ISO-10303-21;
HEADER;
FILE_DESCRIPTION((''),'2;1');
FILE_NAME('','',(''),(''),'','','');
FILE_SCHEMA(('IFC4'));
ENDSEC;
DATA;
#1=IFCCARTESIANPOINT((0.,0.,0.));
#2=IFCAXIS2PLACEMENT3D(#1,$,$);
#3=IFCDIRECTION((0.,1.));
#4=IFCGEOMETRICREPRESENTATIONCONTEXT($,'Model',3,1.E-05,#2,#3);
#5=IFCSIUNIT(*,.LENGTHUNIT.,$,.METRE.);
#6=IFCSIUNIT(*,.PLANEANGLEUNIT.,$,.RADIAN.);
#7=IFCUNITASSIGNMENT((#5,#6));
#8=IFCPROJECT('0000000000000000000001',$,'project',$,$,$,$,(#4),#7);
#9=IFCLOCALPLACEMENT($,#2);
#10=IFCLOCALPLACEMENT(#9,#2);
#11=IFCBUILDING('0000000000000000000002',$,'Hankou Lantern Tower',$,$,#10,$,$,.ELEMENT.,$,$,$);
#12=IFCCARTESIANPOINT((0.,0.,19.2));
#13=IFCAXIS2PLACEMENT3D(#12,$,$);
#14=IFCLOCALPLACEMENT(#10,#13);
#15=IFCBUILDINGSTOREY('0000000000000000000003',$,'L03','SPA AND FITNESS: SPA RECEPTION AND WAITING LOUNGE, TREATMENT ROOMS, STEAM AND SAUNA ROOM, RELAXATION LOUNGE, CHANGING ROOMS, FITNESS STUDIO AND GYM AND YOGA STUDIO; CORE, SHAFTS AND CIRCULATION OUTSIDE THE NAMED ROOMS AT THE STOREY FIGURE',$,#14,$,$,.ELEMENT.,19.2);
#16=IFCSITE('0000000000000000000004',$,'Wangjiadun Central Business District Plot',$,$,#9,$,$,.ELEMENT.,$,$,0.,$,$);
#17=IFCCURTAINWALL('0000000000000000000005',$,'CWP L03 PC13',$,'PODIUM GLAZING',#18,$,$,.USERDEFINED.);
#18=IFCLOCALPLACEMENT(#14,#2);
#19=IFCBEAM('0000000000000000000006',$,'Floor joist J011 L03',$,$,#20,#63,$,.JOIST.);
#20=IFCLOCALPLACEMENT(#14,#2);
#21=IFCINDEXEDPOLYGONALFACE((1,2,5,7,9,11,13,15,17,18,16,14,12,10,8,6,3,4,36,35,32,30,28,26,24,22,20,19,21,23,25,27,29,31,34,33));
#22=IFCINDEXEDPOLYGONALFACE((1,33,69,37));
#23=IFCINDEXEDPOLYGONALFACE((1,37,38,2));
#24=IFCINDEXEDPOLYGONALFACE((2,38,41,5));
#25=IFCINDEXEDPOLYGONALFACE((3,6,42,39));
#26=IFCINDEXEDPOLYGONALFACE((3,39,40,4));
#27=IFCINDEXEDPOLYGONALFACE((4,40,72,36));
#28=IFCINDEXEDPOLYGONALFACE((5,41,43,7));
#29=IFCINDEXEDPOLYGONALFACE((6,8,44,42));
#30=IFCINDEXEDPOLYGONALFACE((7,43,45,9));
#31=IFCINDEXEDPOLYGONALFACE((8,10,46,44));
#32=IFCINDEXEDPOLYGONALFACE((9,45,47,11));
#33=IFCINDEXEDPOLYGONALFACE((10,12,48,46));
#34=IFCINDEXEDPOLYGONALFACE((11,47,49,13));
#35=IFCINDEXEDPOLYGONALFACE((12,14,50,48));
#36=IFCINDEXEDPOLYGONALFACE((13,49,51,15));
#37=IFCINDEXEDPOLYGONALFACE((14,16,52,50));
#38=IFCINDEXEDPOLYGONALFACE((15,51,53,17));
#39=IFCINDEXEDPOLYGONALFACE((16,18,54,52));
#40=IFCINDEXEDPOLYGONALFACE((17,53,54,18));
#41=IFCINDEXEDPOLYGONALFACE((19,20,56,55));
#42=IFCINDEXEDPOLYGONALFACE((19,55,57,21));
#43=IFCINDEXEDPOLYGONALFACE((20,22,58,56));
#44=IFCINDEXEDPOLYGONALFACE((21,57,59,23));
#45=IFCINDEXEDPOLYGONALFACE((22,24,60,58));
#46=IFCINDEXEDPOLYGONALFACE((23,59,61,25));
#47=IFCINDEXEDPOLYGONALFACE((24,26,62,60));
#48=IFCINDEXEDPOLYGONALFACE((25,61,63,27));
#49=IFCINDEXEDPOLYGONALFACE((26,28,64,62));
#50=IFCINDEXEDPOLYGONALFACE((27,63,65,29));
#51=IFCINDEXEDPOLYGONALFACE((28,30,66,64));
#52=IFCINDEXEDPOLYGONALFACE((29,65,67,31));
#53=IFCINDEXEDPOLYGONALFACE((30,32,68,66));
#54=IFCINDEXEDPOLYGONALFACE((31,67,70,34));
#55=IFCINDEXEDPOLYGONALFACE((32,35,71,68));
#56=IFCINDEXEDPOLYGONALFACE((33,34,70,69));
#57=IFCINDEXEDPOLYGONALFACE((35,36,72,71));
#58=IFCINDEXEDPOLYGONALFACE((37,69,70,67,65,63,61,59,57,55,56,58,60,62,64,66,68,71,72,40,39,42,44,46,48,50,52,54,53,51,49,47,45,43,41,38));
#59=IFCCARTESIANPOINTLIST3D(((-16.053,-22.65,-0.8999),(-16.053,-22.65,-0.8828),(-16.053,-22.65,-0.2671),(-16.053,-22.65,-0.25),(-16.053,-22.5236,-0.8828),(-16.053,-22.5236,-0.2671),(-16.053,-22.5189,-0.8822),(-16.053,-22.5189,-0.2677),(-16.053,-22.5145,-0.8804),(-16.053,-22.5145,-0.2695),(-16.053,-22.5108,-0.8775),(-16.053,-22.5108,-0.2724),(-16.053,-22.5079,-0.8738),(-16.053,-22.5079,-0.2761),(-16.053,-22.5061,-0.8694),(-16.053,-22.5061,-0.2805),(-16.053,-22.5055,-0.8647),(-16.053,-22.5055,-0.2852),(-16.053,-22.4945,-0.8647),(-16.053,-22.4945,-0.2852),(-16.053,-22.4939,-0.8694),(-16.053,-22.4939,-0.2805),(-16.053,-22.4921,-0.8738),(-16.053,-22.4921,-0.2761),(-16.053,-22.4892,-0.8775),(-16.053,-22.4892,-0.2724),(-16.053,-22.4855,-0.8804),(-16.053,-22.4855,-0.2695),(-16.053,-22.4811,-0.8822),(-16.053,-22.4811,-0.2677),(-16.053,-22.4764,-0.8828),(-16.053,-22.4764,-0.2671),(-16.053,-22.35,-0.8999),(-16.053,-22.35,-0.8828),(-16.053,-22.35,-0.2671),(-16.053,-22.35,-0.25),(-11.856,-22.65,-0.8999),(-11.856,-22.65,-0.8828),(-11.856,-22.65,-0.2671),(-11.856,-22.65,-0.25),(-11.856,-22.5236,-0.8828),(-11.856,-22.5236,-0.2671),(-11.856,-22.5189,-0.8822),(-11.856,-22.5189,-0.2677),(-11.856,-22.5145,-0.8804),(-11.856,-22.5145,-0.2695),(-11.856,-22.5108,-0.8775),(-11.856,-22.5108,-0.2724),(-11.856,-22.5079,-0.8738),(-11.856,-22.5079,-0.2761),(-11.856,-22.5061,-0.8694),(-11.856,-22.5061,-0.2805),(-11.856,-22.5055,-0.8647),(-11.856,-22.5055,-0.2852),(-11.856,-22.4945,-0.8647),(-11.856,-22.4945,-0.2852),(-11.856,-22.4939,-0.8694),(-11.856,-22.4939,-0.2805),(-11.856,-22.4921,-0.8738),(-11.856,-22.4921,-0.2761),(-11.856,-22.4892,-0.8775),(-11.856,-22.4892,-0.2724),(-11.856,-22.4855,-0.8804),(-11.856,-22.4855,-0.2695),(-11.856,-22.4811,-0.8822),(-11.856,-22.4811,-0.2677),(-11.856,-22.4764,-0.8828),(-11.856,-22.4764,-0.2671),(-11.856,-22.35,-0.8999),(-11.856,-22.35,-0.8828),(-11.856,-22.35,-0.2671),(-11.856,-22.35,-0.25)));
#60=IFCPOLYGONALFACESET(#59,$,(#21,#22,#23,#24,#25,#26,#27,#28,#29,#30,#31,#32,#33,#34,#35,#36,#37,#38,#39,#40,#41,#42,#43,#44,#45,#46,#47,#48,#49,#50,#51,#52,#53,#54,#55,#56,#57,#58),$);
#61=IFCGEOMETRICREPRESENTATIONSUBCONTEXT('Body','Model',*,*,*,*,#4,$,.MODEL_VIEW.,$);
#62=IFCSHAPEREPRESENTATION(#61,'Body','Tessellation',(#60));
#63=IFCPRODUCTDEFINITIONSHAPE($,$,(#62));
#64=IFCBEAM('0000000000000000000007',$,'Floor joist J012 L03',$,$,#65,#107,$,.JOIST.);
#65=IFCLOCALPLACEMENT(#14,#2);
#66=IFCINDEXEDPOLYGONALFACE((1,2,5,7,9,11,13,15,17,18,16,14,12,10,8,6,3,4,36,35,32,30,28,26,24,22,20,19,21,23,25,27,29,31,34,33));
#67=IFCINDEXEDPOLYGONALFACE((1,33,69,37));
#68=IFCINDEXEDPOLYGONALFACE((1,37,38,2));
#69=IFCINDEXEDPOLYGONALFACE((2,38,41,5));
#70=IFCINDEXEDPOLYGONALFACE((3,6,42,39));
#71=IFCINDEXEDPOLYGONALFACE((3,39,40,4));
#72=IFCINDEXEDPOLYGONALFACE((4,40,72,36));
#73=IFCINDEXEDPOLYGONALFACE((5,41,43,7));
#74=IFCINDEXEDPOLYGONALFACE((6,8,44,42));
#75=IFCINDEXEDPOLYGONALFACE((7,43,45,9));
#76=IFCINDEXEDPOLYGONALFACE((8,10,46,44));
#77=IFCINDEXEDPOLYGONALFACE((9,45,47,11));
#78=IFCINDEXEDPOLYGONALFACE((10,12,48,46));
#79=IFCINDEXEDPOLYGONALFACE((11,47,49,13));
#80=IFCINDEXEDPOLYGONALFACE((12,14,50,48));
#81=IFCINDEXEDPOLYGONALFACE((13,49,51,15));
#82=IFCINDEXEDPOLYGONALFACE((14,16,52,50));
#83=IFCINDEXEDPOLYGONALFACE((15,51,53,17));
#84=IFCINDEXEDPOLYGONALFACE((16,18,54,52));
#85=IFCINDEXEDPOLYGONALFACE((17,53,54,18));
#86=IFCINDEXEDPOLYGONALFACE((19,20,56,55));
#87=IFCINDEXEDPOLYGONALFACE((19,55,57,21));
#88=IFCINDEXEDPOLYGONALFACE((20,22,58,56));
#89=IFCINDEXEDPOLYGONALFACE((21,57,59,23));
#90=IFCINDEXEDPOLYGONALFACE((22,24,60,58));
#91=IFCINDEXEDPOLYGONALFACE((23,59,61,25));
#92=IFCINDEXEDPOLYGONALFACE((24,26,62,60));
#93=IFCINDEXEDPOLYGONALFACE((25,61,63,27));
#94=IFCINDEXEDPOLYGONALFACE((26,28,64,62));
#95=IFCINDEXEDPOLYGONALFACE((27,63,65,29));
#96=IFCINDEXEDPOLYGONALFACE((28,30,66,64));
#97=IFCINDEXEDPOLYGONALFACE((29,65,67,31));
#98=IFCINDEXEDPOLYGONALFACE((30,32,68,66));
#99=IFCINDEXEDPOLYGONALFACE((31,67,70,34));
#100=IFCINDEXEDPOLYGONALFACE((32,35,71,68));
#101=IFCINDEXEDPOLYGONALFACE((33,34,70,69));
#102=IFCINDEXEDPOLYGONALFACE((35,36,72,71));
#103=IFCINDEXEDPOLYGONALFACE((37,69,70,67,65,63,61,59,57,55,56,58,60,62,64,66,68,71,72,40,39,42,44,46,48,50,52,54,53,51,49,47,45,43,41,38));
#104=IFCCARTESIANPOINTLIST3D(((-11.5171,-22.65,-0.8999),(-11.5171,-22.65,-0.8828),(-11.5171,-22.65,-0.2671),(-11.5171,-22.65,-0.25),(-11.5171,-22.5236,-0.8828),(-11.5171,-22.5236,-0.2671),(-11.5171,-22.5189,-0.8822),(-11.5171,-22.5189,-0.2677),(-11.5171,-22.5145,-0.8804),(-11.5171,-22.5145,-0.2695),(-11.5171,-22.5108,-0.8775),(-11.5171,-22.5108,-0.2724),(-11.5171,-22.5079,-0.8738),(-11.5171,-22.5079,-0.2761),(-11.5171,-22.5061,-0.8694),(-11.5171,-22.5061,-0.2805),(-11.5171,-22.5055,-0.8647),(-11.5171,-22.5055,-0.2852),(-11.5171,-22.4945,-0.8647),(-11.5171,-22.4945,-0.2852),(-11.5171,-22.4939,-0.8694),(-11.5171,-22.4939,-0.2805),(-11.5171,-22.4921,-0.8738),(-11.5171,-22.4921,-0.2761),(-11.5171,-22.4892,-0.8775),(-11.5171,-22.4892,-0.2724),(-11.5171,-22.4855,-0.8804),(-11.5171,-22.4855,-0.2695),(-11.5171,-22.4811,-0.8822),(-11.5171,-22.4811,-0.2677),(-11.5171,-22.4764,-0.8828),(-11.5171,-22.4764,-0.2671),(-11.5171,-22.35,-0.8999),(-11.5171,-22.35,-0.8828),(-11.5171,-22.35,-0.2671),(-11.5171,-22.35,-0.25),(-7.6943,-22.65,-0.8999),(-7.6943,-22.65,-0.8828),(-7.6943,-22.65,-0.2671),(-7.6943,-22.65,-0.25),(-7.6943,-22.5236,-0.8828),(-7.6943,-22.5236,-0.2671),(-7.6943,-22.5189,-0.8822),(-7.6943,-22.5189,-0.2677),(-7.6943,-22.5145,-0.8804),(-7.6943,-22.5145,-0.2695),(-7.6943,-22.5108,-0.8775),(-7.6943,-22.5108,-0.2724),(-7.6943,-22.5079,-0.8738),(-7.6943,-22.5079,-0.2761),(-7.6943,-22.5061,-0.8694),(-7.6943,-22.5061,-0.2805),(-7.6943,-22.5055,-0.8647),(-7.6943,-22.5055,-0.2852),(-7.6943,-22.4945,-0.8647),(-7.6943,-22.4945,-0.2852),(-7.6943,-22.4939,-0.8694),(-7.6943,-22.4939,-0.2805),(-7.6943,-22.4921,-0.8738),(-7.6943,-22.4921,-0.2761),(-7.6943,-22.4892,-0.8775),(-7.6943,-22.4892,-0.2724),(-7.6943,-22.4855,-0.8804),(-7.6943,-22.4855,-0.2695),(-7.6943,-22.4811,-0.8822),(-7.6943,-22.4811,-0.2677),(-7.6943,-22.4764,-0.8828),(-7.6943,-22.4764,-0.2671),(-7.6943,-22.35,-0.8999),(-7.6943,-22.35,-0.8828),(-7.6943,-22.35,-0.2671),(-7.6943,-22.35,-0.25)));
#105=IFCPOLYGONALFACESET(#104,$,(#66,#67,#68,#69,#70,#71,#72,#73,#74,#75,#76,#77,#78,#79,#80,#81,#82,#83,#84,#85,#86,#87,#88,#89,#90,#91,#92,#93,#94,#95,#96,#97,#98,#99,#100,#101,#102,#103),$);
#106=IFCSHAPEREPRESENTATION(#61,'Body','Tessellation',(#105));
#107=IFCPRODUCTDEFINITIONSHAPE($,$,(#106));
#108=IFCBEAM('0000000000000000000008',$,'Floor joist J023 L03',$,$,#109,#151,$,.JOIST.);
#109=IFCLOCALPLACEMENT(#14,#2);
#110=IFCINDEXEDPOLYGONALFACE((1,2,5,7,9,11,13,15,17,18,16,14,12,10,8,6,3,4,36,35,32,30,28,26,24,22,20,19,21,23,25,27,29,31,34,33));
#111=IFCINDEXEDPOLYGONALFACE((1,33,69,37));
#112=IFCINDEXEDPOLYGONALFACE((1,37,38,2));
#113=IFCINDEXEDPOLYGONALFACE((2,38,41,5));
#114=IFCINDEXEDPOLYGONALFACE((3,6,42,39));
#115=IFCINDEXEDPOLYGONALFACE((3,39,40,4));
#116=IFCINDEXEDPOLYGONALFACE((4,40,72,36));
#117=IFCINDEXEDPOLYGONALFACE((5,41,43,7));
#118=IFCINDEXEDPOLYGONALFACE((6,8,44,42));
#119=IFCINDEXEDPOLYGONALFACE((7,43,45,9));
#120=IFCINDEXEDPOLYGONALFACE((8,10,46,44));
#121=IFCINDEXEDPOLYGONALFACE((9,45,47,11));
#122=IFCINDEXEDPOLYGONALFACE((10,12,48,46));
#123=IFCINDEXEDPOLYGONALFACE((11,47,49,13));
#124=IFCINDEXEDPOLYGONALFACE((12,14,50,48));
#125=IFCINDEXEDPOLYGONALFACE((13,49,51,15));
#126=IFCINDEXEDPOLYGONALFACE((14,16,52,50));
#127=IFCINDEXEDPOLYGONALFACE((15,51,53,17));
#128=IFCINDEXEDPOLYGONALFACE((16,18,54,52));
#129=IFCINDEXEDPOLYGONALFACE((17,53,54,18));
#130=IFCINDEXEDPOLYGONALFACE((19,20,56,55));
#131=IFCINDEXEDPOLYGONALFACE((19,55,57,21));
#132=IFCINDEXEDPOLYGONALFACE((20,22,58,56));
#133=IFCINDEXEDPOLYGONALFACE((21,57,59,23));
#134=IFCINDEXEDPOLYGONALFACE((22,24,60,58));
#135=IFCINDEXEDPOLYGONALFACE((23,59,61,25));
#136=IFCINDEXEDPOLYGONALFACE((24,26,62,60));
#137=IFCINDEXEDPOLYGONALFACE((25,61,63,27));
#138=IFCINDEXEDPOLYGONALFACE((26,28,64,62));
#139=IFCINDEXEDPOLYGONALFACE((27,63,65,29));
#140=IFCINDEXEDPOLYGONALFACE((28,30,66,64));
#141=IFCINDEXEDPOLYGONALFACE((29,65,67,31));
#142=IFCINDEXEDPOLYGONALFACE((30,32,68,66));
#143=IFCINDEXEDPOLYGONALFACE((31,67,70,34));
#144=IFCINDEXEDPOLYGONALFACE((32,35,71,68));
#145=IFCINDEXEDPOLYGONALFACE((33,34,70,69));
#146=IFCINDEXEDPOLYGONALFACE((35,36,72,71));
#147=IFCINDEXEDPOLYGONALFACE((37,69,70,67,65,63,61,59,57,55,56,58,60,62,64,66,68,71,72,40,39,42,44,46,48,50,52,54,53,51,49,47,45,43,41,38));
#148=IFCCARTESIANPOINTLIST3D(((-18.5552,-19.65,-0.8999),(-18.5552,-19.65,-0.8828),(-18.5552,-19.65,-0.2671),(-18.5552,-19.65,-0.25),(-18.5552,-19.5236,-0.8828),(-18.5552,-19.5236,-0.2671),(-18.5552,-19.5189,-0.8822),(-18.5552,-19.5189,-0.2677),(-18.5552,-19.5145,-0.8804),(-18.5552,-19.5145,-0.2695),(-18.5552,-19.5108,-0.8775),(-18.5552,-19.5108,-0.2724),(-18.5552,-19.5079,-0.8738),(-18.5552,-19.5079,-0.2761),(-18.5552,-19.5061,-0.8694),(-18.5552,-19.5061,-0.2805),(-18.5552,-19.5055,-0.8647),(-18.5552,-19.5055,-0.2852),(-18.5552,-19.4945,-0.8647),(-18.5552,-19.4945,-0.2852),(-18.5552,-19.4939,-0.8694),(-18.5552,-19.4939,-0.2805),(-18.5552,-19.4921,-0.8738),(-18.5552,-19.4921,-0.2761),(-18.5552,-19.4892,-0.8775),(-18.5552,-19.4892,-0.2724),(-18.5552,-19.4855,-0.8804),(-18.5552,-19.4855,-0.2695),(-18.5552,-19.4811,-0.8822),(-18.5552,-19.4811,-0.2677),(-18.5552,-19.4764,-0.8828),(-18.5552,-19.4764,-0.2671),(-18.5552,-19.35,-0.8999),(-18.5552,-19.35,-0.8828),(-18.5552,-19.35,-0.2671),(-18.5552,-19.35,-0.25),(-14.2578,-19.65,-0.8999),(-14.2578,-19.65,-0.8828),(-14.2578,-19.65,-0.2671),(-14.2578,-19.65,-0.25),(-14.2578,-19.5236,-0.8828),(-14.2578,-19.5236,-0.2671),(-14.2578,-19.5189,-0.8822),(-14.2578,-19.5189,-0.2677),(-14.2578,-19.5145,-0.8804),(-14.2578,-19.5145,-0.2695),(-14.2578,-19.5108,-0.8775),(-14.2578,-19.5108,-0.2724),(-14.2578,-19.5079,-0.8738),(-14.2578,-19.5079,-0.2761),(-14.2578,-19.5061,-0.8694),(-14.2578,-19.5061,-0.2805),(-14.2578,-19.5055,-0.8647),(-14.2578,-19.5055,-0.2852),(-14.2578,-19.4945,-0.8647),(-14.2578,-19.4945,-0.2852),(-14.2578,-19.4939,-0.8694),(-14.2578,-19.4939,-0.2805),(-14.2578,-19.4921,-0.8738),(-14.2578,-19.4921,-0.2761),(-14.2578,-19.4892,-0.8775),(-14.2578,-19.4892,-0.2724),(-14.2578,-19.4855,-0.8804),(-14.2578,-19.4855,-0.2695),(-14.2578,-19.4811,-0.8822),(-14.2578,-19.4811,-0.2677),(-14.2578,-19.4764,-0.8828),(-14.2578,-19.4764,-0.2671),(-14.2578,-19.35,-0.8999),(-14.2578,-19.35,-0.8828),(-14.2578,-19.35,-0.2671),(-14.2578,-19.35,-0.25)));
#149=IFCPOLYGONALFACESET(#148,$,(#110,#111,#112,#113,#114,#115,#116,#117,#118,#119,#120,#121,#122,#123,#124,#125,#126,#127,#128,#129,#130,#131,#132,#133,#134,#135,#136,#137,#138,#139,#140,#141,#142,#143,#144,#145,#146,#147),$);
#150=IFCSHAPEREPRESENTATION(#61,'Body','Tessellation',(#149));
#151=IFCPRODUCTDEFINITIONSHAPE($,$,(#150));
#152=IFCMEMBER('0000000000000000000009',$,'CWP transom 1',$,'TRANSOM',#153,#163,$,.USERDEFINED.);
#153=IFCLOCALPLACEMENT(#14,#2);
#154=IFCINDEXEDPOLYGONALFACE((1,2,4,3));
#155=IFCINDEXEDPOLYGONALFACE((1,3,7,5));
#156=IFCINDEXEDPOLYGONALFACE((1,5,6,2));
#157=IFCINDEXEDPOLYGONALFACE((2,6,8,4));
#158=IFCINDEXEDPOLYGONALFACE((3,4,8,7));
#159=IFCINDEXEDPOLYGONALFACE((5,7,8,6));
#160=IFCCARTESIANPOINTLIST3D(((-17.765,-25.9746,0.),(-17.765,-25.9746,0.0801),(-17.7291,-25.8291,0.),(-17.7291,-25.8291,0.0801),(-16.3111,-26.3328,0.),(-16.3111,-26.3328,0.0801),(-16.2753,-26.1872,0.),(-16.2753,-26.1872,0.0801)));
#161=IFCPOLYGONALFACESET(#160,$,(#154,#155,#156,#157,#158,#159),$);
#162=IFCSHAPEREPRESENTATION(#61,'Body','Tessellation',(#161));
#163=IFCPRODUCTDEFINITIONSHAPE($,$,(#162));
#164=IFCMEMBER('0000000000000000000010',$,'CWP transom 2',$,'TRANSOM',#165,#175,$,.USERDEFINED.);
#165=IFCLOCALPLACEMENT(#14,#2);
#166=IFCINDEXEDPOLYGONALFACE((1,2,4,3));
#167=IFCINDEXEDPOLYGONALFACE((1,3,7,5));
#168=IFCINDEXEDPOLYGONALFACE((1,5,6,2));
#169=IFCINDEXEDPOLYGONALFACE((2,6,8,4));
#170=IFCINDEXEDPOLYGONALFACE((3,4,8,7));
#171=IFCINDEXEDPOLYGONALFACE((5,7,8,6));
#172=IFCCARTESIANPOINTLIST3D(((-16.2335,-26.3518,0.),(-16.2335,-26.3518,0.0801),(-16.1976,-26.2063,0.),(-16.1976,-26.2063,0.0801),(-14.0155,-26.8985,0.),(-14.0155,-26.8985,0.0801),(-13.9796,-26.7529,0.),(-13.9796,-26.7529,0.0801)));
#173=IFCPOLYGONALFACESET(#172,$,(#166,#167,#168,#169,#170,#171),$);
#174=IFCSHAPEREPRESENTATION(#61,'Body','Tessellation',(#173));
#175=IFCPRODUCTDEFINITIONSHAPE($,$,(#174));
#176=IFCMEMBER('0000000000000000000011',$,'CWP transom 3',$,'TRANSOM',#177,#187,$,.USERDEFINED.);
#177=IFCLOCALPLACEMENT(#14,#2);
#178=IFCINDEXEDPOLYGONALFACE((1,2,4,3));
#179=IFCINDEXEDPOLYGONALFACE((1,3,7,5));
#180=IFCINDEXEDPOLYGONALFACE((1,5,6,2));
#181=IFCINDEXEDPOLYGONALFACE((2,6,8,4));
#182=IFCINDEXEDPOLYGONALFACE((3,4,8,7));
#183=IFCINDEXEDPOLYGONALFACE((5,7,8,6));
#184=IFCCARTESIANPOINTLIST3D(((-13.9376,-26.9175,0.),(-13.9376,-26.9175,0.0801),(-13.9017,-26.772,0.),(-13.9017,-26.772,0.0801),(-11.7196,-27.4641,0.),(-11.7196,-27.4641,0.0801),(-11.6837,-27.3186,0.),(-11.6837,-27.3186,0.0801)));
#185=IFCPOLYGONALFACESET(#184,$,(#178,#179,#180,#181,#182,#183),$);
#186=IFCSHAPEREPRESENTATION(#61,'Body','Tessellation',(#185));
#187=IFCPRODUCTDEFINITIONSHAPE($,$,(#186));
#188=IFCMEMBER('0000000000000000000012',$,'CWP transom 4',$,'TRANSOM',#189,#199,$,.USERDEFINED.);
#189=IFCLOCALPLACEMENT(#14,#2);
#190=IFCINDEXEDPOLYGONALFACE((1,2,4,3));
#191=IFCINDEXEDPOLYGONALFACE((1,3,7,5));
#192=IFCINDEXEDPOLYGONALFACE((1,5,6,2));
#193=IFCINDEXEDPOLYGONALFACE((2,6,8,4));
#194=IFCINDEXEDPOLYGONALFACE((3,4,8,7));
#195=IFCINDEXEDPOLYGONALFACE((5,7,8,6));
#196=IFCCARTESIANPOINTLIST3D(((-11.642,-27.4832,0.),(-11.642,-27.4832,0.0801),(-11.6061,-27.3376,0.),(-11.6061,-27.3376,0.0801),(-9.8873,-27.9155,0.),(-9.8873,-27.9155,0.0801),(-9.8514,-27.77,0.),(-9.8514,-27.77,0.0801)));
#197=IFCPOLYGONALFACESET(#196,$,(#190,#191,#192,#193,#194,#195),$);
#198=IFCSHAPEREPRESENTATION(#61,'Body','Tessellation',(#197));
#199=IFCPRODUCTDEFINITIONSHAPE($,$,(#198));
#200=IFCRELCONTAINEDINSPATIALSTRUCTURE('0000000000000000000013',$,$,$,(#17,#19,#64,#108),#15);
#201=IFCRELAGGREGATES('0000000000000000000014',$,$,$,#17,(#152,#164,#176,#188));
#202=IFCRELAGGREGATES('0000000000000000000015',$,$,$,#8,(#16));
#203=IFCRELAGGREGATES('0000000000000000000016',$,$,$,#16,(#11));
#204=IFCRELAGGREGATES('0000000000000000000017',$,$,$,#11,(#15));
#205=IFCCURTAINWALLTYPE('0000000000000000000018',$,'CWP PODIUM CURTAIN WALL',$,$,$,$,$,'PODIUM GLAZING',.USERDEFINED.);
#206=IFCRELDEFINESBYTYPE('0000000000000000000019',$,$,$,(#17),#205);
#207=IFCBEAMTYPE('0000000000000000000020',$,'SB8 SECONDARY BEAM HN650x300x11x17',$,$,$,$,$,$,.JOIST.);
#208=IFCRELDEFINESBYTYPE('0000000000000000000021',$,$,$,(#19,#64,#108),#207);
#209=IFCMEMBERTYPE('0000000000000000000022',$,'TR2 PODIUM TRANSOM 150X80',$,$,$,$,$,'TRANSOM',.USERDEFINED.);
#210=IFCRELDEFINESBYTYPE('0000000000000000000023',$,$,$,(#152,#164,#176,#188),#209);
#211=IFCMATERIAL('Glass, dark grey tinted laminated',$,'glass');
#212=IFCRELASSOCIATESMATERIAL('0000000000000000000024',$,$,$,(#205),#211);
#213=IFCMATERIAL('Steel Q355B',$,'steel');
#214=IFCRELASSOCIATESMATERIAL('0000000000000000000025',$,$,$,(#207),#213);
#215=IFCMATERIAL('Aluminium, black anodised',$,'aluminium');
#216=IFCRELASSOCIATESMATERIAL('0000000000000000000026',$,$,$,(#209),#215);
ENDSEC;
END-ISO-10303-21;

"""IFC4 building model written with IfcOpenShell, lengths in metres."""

from ifc_helpers import new_model, si_unit, direction, frame, origin, origin_2d, place, context, subcontext, project, spatial, rectangle, i_section, extrude, material, material_profile, profile_set, type_object, element, aggregate, save


model = new_model("IFC4")

# Units and contexts
model_context = context("Model", 3, precision=1e-05, world=origin(), true_north=direction((0.0, 1.0)))
body_context = subcontext(model_context, "Body", "Model", "MODEL_VIEW")
ifc_project = project(units=[si_unit("LENGTHUNIT", "METRE"), si_unit("PLANEANGLEUNIT", "RADIAN")], contexts=[model_context])

# Site, building, storey
site_placement = place(None, origin())
site = spatial("IfcSite", under=ifc_project, at=site_placement, Name="Wangjiadun Central Business District Plot", CompositionType="ELEMENT", RefElevation=0.0)
building_placement = place(site_placement, origin())
building = spatial("IfcBuilding", under=site, at=building_placement, Name="Hankou Lantern Tower", CompositionType="ELEMENT")
storey_placement = place(building_placement, frame((0.0, 0.0, 19.2)))
storey = spatial("IfcBuildingStorey", under=building, at=storey_placement, Name="L03", Description="SPA AND FITNESS: SPA RECEPTION AND WAITING LOUNGE, TREATMENT ROOMS, STEAM AND SAUNA ROOM, RELAXATION LOUNGE, CHANGING ROOMS, FITNESS STUDIO AND GYM AND YOGA STUDIO; CORE, SHAFTS AND CIRCULATION OUTSIDE THE NAMED ROOMS AT THE STOREY FIGURE", CompositionType="ELEMENT", Elevation=19.2)

# Curtain wall
ifc_material_1 = material(Name="Glass, dark grey tinted laminated", Category="glass")
curtain_wall_type = type_object("IfcCurtainWallType", Name="CWP PODIUM CURTAIN WALL", ElementType="PODIUM GLAZING", PredefinedType="USERDEFINED", material=ifc_material_1)
curtain_wall_1_placement = place(storey_placement, origin())
curtain_wall_1 = element("IfcCurtainWall", 1, at=curtain_wall_1_placement, inside=storey, type_object=curtain_wall_type, Name="CWP L03 PC13", ObjectType="PODIUM GLAZING", PredefinedType="USERDEFINED")

# Beams
ifc_material_2 = material(Name="Steel Q355B", Category="steel")
ifc_material_profile_1 = material_profile(ifc_material_2, i_section(OverallWidth=0.3, OverallDepth=0.6499, WebThickness=0.011, FlangeThickness=0.0171, FilletRadius=0.0181, at=origin_2d()), Name="HN650x300x11x17")
ifc_profile_set_1 = profile_set([ifc_material_profile_1], Name="Steel Q355B")
beam_type_1 = type_object("IfcBeamType", Name="SB8 SECONDARY BEAM HN650x300x11x17", PredefinedType="JOIST", material=ifc_profile_set_1)
beam_1_placement = place(storey_placement, frame((-16.053, -22.5, -0.575), z_axis=(1.0, 0.0, 0.0), x_axis=(0.0, 1.0, 0.0)))
element("IfcBeam", 2, at=beam_1_placement, inside=storey, type_object=beam_type_1, Name="Floor joist J011 L03", PredefinedType="JOIST", context=body_context, shape_type="SweptSolid", body=[
    extrude(i_section(OverallWidth=0.3, OverallDepth=0.6499, WebThickness=0.011, FlangeThickness=0.0171, FilletRadius=0.0181, at=origin_2d()), origin(), (0.0, 0.0, 1.0), 4.197),
])
beam_2_placement = place(storey_placement, frame((-11.5171, -22.5, -0.575), z_axis=(1.0, 0.0, 0.0), x_axis=(0.0, 1.0, 0.0)))
element("IfcBeam", 3, at=beam_2_placement, inside=storey, type_object=beam_type_1, Name="Floor joist J012 L03", PredefinedType="JOIST", context=body_context, shape_type="SweptSolid", body=[
    extrude(i_section(OverallWidth=0.3, OverallDepth=0.6499, WebThickness=0.011, FlangeThickness=0.0171, FilletRadius=0.0181, at=origin_2d()), origin(), (0.0, 0.0, 1.0), 3.8228),
])
beam_3_placement = place(storey_placement, frame((-18.5552, -19.5, -0.575), z_axis=(1.0, 0.0, 0.0), x_axis=(0.0, 1.0, 0.0)))
element("IfcBeam", 4, at=beam_3_placement, inside=storey, type_object=beam_type_1, Name="Floor joist J023 L03", PredefinedType="JOIST", context=body_context, shape_type="SweptSolid", body=[
    extrude(i_section(OverallWidth=0.3, OverallDepth=0.6499, WebThickness=0.011, FlangeThickness=0.0171, FilletRadius=0.0181, at=origin_2d()), origin(), (0.0, 0.0, 1.0), 4.2974),
])

# Members
ifc_material_3 = material(Name="Aluminium, black anodised", Category="aluminium")
ifc_material_profile_2 = material_profile(ifc_material_3, rectangle(XDim=0.1499, YDim=0.0801, at=origin_2d()), Name="TR2 150X80")
ifc_profile_set_2 = profile_set([ifc_material_profile_2], Name="Aluminium, black anodised")
member_type_1 = type_object("IfcMemberType", Name="TR2 PODIUM TRANSOM 150X80", ElementType="TRANSOM", PredefinedType="USERDEFINED", material=ifc_profile_set_2)
member_1_placement = place(storey_placement, frame((-17.7471, -25.9019, 0.04), z_axis=(0.970971, -0.239196, 0.0), x_axis=(0.239196, 0.970971, 0.0)))
member_1 = element("IfcMember", 5, at=member_1_placement, type_object=member_type_1, Name="CWP transom 1", ObjectType="TRANSOM", PredefinedType="USERDEFINED", context=body_context, shape_type="SweptSolid", body=[
    extrude(rectangle(XDim=0.1499, YDim=0.0801, at=origin_2d()), origin(), (0.0, 0.0, 1.0), 1.4973),
])
member_2_placement = place(storey_placement, frame((-16.2156, -26.2791, 0.04), z_axis=(0.970948, -0.23929, 0.0), x_axis=(0.23929, 0.970948, 0.0)))
member_2 = element("IfcMember", 6, at=member_2_placement, type_object=member_type_1, Name="CWP transom 2", ObjectType="TRANSOM", PredefinedType="USERDEFINED", context=body_context, shape_type="SweptSolid", body=[
    extrude(rectangle(XDim=0.1499, YDim=0.0801, at=origin_2d()), origin(), (0.0, 0.0, 1.0), 2.2844),
])
member_3_placement = place(storey_placement, frame((-13.9197, -26.8447, 0.04), z_axis=(0.970948, -0.23929, 0.0), x_axis=(0.23929, 0.970948, 0.0)))
member_3 = element("IfcMember", 7, at=member_3_placement, type_object=member_type_1, Name="CWP transom 3", ObjectType="TRANSOM", PredefinedType="USERDEFINED", context=body_context, shape_type="SweptSolid", body=[
    extrude(rectangle(XDim=0.1499, YDim=0.0801, at=origin_2d()), origin(), (0.0, 0.0, 1.0), 2.2844),
])
member_4_placement = place(storey_placement, frame((-11.624, -27.4104, 0.04), z_axis=(0.970956, -0.23926, 0.0), x_axis=(0.23926, 0.970956, 0.0)))
member_4 = element("IfcMember", 8, at=member_4_placement, type_object=member_type_1, Name="CWP transom 4", ObjectType="TRANSOM", PredefinedType="USERDEFINED", context=body_context, shape_type="SweptSolid", body=[
    extrude(rectangle(XDim=0.1499, YDim=0.0801, at=origin_2d()), origin(), (0.0, 0.0, 1.0), 1.8071),
])

aggregate(curtain_wall_1, [member_1, member_2, member_3, member_4])

save(model, "model.ifc")
